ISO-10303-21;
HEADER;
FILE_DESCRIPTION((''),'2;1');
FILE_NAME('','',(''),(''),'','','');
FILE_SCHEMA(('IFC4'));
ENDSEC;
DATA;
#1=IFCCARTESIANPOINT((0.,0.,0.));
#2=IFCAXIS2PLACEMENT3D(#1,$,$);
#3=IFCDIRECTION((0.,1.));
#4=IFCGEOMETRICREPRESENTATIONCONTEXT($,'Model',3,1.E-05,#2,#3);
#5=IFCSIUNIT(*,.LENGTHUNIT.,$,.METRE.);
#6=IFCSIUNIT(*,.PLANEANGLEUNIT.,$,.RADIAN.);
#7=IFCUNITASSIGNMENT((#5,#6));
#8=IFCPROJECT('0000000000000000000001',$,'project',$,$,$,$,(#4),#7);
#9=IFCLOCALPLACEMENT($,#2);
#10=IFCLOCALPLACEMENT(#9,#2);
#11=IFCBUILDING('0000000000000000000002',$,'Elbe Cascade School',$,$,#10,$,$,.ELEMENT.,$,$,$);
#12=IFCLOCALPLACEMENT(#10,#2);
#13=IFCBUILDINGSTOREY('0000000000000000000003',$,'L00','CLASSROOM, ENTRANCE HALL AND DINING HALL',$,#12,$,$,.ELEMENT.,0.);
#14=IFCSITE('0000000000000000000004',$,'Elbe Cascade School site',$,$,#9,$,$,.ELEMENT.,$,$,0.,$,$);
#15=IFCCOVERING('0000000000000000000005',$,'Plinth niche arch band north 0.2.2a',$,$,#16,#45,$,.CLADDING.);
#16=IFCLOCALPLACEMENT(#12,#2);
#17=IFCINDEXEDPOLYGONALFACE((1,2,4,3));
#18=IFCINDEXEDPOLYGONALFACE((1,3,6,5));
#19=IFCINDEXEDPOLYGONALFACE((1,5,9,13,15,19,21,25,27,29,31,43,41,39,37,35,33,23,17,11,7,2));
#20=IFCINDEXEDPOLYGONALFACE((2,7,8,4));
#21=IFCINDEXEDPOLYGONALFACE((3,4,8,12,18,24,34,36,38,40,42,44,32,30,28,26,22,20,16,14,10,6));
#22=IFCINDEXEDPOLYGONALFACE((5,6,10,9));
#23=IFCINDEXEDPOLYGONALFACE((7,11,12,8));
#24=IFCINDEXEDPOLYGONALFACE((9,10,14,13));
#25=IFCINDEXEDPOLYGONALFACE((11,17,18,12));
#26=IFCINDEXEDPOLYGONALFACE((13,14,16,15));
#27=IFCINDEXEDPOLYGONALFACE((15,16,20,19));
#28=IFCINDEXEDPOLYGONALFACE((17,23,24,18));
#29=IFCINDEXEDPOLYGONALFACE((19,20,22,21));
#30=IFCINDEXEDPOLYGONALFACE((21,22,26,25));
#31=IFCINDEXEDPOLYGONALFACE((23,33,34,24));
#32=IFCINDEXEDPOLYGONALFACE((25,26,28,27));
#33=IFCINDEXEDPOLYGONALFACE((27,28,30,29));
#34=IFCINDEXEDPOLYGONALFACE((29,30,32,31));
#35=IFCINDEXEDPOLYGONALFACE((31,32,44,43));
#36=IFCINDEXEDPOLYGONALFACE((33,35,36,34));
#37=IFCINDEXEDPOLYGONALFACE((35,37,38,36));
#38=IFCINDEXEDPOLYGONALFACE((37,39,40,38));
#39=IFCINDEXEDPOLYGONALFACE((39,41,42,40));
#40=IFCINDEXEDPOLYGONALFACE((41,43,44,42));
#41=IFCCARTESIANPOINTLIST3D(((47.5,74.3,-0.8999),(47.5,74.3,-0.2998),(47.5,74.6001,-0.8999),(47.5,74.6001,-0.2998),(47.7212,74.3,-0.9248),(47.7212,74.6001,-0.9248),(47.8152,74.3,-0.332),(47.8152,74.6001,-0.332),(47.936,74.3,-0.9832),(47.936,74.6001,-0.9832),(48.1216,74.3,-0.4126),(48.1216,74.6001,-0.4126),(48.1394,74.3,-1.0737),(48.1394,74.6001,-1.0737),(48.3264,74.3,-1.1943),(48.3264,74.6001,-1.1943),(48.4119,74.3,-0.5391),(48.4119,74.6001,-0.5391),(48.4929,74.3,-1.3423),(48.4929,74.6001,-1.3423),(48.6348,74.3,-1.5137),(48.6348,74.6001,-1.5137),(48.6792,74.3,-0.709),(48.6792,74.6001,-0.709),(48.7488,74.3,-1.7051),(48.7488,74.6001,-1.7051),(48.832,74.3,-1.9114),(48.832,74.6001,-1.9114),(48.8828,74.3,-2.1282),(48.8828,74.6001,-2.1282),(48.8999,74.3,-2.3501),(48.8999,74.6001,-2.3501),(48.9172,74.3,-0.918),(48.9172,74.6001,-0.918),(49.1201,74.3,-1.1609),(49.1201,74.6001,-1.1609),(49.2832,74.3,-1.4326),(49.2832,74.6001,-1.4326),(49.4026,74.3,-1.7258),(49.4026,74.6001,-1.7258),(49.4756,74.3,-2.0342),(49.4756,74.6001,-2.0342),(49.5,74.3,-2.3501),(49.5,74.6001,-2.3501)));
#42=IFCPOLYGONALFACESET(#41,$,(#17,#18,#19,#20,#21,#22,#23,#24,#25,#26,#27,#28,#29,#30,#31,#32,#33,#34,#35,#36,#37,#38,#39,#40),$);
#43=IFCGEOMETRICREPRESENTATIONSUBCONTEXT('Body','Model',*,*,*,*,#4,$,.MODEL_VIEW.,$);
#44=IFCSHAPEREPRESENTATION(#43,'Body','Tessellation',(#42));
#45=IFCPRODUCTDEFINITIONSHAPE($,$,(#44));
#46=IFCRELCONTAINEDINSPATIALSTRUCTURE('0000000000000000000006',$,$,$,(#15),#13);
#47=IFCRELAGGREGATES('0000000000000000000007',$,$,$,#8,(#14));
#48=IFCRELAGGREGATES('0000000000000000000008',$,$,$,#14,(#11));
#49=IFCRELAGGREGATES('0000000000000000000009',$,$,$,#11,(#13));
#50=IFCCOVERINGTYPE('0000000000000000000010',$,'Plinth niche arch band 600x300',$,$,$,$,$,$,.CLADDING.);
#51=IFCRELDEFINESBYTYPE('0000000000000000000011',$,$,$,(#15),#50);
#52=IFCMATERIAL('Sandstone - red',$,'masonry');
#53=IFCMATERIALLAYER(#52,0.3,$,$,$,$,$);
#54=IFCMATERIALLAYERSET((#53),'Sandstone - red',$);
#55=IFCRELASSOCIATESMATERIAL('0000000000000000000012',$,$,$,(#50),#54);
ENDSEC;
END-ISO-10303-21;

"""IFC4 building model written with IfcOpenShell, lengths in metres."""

from ifc_helpers import new_model, si_unit, direction, frame, origin, place, context, subcontext, project, spatial, polyline, outline, extrude, material, layer, layer_set, type_object, element, save


model = new_model("IFC4")

# Units and contexts
model_context = context("Model", 3, precision=1e-05, world=origin(), true_north=direction((0.0, 1.0)))
body_context = subcontext(model_context, "Body", "Model", "MODEL_VIEW")
ifc_project = project(units=[si_unit("LENGTHUNIT", "METRE"), si_unit("PLANEANGLEUNIT", "RADIAN")], contexts=[model_context])

# Site, building, storey
site_placement = place(None, origin())
site = spatial("IfcSite", under=ifc_project, at=site_placement, Name="Elbe Cascade School site", CompositionType="ELEMENT", RefElevation=0.0)
building_placement = place(site_placement, origin())
building = spatial("IfcBuilding", under=site, at=building_placement, Name="Elbe Cascade School", CompositionType="ELEMENT")
storey_placement = place(building_placement, origin())
storey = spatial("IfcBuildingStorey", under=building, at=storey_placement, Name="L00", Description="CLASSROOM, ENTRANCE HALL AND DINING HALL", CompositionType="ELEMENT", Elevation=0.0)

# Covering
ifc_material_1 = material(Name="Sandstone - red", Category="masonry")
ifc_layer_1 = layer(ifc_material_1, 0.3)
ifc_layer_set_1 = layer_set([ifc_layer_1], Name="Sandstone - red")
covering_type_1 = type_object("IfcCoveringType", Name="Plinth niche arch band 600x300", PredefinedType="CLADDING", material=ifc_layer_set_1)
covering_1_placement = place(storey_placement, frame((49.5, 74.6001, -2.3501), z_axis=(0.0, 1.0, 0.0), x_axis=(-1.0, 0.0, 0.0)))
element("IfcCovering", 1, at=covering_1_placement, inside=storey, type_object=covering_type_1, Name="Plinth niche arch band north 0.2.2a", PredefinedType="CLADDING", context=body_context, shape_type="SweptSolid", body=[
    extrude(outline(polyline([(0.0, 0.0), (0.6001, 0.0), (0.6172, 0.2219), (0.668, 0.4387), (0.7512, 0.645), (0.8652, 0.8364), (1.0071, 1.0078), (1.1736, 1.1558), (1.3606, 1.2764), (1.564, 1.3669), (1.7788, 1.4253), (2.0, 1.4502), (2.0, 2.0503), (1.6848, 2.0181), (1.3784, 1.9375), (1.0881, 1.811), (0.8208, 1.6411), (0.5828, 1.4321), (0.3799, 1.1892), (0.2168, 0.9175), (0.0974, 0.6243), (0.0244, 0.3159), (0.0, 0.0)])), origin(), (0.0, 0.0, -1.0), 0.3),
])

save(model, "model.ifc")
